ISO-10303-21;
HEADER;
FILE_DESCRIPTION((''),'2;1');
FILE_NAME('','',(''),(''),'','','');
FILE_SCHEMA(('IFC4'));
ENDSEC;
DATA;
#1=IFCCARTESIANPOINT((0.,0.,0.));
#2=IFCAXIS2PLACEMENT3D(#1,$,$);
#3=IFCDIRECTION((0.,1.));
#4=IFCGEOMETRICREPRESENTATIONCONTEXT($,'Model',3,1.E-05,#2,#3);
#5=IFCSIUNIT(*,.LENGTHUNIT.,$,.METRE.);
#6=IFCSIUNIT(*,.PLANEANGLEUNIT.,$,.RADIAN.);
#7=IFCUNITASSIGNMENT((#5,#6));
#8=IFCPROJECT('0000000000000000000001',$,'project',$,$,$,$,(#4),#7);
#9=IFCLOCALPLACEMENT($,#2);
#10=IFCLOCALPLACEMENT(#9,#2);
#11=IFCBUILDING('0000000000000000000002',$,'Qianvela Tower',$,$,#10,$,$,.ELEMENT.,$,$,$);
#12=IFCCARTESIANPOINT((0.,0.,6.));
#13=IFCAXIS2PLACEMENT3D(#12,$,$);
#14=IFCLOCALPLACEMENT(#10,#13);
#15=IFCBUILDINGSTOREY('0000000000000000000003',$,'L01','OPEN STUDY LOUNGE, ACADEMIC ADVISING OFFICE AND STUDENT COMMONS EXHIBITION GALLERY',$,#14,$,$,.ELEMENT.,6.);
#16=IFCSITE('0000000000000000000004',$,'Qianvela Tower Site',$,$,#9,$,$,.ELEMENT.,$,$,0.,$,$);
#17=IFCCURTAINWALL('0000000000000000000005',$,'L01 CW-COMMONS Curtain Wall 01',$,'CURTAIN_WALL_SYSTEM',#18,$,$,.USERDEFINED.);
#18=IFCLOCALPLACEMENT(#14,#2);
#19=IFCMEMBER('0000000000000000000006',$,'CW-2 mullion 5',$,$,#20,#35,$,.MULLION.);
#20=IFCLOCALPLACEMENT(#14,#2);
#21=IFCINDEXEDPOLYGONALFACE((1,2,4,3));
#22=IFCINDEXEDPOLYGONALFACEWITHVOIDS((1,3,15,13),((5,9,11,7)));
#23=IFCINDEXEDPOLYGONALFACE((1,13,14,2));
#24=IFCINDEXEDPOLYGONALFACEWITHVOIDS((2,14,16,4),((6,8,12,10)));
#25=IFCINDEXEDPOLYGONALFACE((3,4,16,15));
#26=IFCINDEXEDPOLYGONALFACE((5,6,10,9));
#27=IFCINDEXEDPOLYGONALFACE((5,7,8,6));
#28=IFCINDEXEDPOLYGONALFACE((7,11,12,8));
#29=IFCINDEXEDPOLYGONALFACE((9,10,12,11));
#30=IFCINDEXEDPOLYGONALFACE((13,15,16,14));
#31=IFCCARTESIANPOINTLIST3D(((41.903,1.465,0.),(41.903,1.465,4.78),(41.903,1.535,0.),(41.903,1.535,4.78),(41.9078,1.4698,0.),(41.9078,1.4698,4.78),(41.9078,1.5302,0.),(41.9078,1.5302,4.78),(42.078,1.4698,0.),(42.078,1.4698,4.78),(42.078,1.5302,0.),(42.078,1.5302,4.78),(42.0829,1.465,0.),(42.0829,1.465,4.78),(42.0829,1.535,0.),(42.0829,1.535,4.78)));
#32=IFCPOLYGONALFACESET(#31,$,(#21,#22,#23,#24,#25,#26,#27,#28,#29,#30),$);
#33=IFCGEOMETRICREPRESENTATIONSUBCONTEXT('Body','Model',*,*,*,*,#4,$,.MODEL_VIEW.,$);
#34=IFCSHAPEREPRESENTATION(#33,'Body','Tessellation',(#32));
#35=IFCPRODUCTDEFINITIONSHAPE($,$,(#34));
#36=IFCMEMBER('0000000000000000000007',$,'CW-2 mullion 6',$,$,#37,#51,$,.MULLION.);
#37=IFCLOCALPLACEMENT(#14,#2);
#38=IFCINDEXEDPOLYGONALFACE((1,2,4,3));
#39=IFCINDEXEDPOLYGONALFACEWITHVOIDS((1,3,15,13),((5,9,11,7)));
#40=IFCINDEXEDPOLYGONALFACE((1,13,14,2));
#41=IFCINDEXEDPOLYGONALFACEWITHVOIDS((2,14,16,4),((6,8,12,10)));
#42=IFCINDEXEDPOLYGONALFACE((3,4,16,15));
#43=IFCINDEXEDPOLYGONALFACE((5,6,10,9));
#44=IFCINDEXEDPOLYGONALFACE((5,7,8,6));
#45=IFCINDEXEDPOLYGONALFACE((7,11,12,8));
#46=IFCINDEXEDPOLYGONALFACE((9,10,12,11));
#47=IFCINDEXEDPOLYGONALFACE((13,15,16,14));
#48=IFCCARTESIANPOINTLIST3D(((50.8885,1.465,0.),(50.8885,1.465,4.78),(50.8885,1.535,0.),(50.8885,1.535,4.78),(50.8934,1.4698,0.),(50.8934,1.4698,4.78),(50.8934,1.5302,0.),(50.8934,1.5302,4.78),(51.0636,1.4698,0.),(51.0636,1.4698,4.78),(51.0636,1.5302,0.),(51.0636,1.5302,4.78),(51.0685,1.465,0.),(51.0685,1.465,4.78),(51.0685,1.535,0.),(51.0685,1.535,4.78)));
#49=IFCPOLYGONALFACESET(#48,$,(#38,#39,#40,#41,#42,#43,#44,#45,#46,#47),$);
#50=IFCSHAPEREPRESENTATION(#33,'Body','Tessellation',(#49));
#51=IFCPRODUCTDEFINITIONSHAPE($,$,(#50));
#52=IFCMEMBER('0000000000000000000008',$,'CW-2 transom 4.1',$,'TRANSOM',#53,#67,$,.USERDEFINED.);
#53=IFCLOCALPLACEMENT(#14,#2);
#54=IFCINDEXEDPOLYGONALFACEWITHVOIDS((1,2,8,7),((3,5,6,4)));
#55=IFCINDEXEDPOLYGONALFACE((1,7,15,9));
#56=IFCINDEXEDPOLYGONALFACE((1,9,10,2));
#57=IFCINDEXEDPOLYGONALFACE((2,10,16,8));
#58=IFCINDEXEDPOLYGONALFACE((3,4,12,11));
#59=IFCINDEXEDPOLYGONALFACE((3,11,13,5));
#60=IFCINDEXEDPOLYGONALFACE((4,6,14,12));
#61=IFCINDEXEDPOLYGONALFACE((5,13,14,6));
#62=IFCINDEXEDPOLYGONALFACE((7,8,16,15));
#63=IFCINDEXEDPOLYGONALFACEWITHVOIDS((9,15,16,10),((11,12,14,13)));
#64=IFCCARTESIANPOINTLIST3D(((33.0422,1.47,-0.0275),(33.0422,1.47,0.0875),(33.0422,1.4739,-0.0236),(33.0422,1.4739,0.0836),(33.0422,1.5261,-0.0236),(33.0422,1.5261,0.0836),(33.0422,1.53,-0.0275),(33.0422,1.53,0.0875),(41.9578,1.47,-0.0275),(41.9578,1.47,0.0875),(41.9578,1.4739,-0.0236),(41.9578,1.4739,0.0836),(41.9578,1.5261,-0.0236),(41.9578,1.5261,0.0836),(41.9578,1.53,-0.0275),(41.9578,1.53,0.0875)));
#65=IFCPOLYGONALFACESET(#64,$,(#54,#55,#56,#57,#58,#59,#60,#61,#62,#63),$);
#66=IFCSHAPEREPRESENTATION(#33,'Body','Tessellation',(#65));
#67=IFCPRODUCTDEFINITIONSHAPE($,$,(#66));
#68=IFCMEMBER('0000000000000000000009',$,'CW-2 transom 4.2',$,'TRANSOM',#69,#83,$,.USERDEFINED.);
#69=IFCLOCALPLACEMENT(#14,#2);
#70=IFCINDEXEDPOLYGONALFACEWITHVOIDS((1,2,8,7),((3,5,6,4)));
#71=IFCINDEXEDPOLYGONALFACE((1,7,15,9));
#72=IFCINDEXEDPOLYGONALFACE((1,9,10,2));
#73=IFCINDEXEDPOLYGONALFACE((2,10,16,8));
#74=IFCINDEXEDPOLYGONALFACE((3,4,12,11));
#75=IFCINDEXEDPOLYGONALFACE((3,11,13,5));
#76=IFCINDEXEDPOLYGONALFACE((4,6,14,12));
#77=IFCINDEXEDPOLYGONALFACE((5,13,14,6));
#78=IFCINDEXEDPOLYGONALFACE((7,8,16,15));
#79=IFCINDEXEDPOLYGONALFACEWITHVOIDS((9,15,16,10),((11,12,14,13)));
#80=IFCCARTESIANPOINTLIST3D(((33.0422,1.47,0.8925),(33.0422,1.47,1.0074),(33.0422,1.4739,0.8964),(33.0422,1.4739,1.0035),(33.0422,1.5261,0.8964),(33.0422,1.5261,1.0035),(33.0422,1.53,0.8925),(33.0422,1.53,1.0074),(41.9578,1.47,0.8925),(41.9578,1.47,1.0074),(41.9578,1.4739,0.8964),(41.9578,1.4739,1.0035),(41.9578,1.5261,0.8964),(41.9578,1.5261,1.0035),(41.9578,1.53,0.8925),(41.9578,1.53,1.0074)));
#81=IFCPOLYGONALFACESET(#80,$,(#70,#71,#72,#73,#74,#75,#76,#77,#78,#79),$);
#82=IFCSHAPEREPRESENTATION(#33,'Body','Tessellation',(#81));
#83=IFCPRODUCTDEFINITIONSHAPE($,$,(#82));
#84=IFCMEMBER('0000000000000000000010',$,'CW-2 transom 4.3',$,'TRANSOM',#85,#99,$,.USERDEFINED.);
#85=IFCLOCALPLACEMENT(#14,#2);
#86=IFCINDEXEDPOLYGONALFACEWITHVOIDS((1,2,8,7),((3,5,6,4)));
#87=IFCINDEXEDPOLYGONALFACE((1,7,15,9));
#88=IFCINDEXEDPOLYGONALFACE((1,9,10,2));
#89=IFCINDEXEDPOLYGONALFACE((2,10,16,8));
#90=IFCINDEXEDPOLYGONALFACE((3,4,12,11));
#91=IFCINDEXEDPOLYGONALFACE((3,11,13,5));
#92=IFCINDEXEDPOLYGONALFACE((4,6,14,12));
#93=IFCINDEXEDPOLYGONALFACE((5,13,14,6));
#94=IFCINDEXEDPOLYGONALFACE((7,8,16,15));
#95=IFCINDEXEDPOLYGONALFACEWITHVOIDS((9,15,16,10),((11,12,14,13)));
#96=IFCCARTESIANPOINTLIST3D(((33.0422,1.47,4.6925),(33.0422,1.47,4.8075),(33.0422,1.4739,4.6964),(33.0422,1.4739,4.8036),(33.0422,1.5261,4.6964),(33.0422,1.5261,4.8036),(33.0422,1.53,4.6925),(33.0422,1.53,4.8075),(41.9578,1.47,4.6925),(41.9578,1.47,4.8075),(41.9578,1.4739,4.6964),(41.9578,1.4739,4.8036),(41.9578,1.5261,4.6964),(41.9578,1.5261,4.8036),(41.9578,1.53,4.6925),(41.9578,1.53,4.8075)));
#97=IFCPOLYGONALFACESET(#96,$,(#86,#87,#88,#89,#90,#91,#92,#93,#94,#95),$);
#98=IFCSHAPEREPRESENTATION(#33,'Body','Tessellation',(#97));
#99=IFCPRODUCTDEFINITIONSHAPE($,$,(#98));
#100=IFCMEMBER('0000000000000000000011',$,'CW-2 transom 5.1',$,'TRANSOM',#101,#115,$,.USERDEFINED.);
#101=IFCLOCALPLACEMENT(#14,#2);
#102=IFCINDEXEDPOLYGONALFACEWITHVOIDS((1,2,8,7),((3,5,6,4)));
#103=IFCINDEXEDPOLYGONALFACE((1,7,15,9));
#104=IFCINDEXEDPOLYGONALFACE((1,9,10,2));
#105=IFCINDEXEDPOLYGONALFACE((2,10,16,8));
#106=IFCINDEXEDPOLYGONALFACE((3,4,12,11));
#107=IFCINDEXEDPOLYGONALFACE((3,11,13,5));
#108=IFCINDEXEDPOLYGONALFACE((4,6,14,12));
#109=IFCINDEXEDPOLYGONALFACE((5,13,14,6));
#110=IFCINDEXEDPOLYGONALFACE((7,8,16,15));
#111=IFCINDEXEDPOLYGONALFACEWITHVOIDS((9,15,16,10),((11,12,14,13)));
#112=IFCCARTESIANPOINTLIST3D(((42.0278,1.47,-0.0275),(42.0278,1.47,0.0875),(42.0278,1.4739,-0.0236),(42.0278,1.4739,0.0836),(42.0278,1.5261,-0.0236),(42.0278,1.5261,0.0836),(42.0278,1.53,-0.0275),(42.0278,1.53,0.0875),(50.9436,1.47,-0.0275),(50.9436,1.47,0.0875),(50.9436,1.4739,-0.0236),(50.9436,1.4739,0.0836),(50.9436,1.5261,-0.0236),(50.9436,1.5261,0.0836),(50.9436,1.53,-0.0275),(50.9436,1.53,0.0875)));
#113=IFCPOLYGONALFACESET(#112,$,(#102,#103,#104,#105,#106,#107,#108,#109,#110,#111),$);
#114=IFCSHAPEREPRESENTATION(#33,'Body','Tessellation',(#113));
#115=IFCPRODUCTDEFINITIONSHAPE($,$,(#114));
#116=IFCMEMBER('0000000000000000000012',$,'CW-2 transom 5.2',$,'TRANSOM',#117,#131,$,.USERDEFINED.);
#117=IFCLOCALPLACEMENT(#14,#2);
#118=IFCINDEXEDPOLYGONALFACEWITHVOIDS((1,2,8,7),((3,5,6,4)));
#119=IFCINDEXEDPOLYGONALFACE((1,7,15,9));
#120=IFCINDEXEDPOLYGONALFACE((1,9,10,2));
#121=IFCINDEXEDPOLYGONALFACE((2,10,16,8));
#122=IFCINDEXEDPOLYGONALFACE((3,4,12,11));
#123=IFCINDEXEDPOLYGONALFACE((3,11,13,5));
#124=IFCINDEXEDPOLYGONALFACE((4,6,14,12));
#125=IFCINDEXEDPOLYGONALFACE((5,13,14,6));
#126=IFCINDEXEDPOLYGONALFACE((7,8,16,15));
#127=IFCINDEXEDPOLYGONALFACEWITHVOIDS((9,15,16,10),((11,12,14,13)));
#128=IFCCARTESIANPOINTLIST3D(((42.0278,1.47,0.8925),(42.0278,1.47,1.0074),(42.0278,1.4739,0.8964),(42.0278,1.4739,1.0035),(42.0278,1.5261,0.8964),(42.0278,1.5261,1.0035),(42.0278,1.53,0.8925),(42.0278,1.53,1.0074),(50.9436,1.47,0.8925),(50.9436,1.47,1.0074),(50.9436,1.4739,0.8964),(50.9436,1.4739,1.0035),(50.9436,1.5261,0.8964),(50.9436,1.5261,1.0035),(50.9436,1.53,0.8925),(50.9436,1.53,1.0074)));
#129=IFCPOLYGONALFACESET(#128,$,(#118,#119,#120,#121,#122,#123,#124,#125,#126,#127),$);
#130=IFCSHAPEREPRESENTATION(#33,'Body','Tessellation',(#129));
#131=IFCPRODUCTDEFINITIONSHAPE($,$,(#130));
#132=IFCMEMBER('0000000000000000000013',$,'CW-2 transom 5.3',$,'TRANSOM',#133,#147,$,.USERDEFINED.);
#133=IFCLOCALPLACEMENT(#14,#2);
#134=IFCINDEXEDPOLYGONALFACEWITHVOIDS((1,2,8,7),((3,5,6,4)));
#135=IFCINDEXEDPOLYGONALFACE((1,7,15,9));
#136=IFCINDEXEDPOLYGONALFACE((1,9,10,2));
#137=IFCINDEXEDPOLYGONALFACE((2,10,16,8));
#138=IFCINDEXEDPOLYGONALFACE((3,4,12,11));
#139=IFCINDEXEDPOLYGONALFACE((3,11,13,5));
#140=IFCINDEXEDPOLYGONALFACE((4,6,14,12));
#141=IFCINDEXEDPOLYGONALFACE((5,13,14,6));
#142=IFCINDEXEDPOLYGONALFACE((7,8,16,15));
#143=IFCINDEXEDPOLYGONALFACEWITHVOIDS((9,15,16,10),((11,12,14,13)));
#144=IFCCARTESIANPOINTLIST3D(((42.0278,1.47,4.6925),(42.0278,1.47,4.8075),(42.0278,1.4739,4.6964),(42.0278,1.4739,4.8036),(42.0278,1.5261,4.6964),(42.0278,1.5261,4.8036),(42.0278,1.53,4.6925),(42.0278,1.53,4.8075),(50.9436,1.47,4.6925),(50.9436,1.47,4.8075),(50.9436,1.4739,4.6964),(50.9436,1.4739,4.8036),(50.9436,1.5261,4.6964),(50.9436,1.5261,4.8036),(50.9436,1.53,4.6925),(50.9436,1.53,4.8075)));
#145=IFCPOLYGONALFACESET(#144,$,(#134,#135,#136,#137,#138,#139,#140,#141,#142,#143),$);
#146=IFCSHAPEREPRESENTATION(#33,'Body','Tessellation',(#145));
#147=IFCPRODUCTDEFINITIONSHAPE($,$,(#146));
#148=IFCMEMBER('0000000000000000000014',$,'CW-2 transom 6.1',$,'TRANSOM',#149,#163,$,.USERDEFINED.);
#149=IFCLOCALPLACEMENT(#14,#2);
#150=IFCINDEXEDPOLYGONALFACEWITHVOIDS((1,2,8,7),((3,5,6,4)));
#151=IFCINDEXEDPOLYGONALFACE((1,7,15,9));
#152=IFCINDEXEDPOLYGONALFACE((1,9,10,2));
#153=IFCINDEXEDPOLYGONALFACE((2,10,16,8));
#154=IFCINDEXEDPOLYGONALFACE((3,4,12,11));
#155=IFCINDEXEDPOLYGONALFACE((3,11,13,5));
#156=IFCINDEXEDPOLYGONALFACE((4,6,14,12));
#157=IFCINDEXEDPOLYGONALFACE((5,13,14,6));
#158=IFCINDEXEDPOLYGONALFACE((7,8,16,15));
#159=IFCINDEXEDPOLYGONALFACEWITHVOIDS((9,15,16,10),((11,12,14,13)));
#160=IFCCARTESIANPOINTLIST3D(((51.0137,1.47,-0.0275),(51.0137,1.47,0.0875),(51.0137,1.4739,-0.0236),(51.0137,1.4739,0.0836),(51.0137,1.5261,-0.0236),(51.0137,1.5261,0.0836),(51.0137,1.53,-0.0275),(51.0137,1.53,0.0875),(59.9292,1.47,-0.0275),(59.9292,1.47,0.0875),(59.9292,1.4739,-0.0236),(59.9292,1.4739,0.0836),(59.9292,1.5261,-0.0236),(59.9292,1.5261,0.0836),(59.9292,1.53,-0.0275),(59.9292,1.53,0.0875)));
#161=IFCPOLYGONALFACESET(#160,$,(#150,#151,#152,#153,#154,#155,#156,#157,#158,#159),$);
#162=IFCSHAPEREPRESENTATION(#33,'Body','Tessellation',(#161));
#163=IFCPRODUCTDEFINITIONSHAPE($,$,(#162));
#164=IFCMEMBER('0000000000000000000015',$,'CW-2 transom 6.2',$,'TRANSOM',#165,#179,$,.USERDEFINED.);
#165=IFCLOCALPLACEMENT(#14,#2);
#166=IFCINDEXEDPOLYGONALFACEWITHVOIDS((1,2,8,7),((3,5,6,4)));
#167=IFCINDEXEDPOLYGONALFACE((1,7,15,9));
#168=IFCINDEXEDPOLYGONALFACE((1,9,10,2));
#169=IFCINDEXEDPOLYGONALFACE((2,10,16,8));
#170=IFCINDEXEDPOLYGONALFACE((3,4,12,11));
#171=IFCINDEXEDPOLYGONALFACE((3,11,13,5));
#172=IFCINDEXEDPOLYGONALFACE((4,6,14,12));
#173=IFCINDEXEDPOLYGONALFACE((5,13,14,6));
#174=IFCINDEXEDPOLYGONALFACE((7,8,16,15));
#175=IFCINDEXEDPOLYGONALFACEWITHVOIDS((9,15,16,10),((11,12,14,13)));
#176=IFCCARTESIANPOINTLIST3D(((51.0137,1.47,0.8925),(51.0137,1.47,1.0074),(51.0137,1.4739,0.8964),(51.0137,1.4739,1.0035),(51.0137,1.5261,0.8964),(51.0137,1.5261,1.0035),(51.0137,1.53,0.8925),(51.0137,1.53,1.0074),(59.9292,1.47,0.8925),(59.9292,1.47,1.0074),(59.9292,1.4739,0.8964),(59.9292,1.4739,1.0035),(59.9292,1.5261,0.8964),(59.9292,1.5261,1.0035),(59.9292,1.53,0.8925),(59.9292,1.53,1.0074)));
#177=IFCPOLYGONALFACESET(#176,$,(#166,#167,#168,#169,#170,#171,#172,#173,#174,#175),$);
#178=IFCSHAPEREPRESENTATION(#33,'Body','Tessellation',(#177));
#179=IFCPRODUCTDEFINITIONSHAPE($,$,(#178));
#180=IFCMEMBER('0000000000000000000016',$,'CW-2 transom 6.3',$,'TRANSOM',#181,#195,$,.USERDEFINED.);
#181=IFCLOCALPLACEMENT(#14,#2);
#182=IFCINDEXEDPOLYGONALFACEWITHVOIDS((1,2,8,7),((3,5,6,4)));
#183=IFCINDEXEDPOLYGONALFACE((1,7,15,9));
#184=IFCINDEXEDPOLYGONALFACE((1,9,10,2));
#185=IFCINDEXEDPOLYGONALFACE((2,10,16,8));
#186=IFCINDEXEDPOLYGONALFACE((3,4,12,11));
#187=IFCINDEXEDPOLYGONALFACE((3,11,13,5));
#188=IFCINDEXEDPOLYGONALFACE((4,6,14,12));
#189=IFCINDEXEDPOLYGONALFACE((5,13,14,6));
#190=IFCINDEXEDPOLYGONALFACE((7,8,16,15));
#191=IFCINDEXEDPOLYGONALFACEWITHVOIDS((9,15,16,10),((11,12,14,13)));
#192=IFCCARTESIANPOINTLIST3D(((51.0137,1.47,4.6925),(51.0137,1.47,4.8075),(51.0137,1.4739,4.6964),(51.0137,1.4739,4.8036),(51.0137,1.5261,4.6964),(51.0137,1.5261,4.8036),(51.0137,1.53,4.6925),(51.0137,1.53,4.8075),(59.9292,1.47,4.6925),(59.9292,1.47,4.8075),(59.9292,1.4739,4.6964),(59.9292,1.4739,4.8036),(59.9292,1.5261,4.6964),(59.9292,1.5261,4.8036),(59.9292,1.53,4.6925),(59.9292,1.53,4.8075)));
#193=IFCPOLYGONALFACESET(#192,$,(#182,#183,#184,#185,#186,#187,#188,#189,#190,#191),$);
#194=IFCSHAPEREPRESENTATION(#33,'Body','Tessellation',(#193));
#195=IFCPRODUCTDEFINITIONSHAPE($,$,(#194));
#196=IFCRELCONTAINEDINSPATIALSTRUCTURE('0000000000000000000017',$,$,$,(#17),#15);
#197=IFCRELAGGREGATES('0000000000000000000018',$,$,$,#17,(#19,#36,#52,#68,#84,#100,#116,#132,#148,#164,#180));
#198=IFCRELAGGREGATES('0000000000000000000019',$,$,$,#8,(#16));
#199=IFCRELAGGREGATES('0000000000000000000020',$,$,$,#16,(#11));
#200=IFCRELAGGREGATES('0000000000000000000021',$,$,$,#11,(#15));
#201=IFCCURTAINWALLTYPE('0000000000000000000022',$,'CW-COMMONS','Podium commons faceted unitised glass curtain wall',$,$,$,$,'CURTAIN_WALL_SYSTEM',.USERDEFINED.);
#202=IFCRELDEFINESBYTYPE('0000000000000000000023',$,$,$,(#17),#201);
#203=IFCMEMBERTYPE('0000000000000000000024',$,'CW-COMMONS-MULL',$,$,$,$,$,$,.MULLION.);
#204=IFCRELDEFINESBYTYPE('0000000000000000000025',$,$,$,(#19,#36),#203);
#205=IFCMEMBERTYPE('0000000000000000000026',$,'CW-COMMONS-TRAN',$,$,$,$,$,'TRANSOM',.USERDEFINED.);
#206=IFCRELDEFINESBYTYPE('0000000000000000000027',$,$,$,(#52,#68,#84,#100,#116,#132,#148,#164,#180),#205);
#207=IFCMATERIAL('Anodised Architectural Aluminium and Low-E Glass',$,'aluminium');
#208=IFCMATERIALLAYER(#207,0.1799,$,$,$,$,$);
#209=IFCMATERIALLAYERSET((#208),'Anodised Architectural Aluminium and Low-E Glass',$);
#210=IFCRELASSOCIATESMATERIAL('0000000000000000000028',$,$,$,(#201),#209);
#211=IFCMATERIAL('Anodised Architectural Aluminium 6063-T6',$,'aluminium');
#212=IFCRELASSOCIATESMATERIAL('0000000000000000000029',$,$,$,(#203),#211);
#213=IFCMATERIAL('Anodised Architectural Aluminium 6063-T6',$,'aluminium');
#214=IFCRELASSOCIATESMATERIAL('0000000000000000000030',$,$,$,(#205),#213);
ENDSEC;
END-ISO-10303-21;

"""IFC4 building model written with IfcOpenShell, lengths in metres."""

from ifc_helpers import new_model, si_unit, direction, frame, origin, origin_2d, place, context, subcontext, project, spatial, hollow_rectangle, extrude, material, layer, layer_set, material_profile, profile_set, type_object, element, aggregate, save


model = new_model("IFC4")

# Units and contexts
model_context = context("Model", 3, precision=1e-05, world=origin(), true_north=direction((0.0, 1.0)))
body_context = subcontext(model_context, "Body", "Model", "MODEL_VIEW")
ifc_project = project(units=[si_unit("LENGTHUNIT", "METRE"), si_unit("PLANEANGLEUNIT", "RADIAN")], contexts=[model_context])

# Site, building, storey
site_placement = place(None, origin())
site = spatial("IfcSite", under=ifc_project, at=site_placement, Name="Qianvela Tower Site", CompositionType="ELEMENT", RefElevation=0.0)
building_placement = place(site_placement, origin())
building = spatial("IfcBuilding", under=site, at=building_placement, Name="Qianvela Tower", CompositionType="ELEMENT")
storey_placement = place(building_placement, frame((0.0, 0.0, 6.0)))
storey = spatial("IfcBuildingStorey", under=building, at=storey_placement, Name="L01", Description="OPEN STUDY LOUNGE, ACADEMIC ADVISING OFFICE AND STUDENT COMMONS EXHIBITION GALLERY", CompositionType="ELEMENT", Elevation=6.0)

# Curtain wall, members
ifc_material_1 = material(Name="Anodised Architectural Aluminium and Low-E Glass", Category="aluminium")
ifc_layer_1 = layer(ifc_material_1, 0.1799)
ifc_layer_set_1 = layer_set([ifc_layer_1], Name="Anodised Architectural Aluminium and Low-E Glass")
curtain_wall_type = type_object("IfcCurtainWallType", Name="CW-COMMONS", Description="Podium commons faceted unitised glass curtain wall", ElementType="CURTAIN_WALL_SYSTEM", PredefinedType="USERDEFINED", material=ifc_layer_set_1)
curtain_wall_placement = place(storey_placement, origin())
curtain_wall = element("IfcCurtainWall", 1, at=curtain_wall_placement, inside=storey, type_object=curtain_wall_type, Name="L01 CW-COMMONS Curtain Wall 01", ObjectType="CURTAIN_WALL_SYSTEM", PredefinedType="USERDEFINED")
ifc_material_2 = material(Name="Anodised Architectural Aluminium 6063-T6", Category="aluminium")
ifc_material_profile_1 = material_profile(ifc_material_2, hollow_rectangle(XDim=0.0701, YDim=0.1799, WallThickness=0.0049, at=origin_2d()), Name="ALU-MULL-70x180")
ifc_profile_set_1 = profile_set([ifc_material_profile_1], Name="Anodised Architectural Aluminium 6063-T6")
member_type_1 = type_object("IfcMemberType", Name="CW-COMMONS-MULL", PredefinedType="MULLION", material=ifc_profile_set_1)
member_1_placement = place(storey_placement, frame((41.9929, 1.5, 0.0), z_axis=(0.0, 0.0, 1.0), x_axis=(0.0, 1.0, 0.0)))
member_1 = element("IfcMember", 2, at=member_1_placement, type_object=member_type_1, Name="CW-2 mullion 5", PredefinedType="MULLION", context=body_context, shape_type="SweptSolid", body=[
    extrude(hollow_rectangle(XDim=0.0701, YDim=0.1799, WallThickness=0.0049, at=origin_2d()), origin(), (0.0, 0.0, 1.0), 4.78),
])
member_2_placement = place(storey_placement, frame((50.9785, 1.5, 0.0), z_axis=(0.0, 0.0, 1.0), x_axis=(0.0, 1.0, 0.0)))
member_2 = element("IfcMember", 3, at=member_2_placement, type_object=member_type_1, Name="CW-2 mullion 6", PredefinedType="MULLION", context=body_context, shape_type="SweptSolid", body=[
    extrude(hollow_rectangle(XDim=0.0701, YDim=0.1799, WallThickness=0.0049, at=origin_2d()), origin(), (0.0, 0.0, 1.0), 4.78),
])
ifc_material_3 = material(Name="Anodised Architectural Aluminium 6063-T6", Category="aluminium")
ifc_material_profile_2 = material_profile(ifc_material_3, hollow_rectangle(XDim=0.0601, YDim=0.115, WallThickness=0.0039, at=origin_2d()), Name="ALU-TRAN-60x115")
ifc_profile_set_2 = profile_set([ifc_material_profile_2], Name="Anodised Architectural Aluminium 6063-T6")
member_type_2 = type_object("IfcMemberType", Name="CW-COMMONS-TRAN", ElementType="TRANSOM", PredefinedType="USERDEFINED", material=ifc_profile_set_2)
member_3_placement = place(storey_placement, frame((33.0422, 1.5, 0.03), z_axis=(1.0, 0.0, 0.0), x_axis=(0.0, 1.0, 0.0)))
member_3 = element("IfcMember", 4, at=member_3_placement, type_object=member_type_2, Name="CW-2 transom 4.1", ObjectType="TRANSOM", PredefinedType="USERDEFINED", context=body_context, shape_type="SweptSolid", body=[
    extrude(hollow_rectangle(XDim=0.0601, YDim=0.115, WallThickness=0.0039, at=origin_2d()), origin(), (0.0, 0.0, 1.0), 8.9155),
])
member_4_placement = place(storey_placement, frame((33.0422, 1.5, 0.95), z_axis=(1.0, 0.0, 0.0), x_axis=(0.0, 1.0, 0.0)))
member_4 = element("IfcMember", 5, at=member_4_placement, type_object=member_type_2, Name="CW-2 transom 4.2", ObjectType="TRANSOM", PredefinedType="USERDEFINED", context=body_context, shape_type="SweptSolid", body=[
    extrude(hollow_rectangle(XDim=0.0601, YDim=0.115, WallThickness=0.0039, at=origin_2d()), origin(), (0.0, 0.0, 1.0), 8.9155),
])
member_5_placement = place(storey_placement, frame((33.0422, 1.5, 4.75), z_axis=(1.0, 0.0, 0.0), x_axis=(0.0, 1.0, 0.0)))
member_5 = element("IfcMember", 6, at=member_5_placement, type_object=member_type_2, Name="CW-2 transom 4.3", ObjectType="TRANSOM", PredefinedType="USERDEFINED", context=body_context, shape_type="SweptSolid", body=[
    extrude(hollow_rectangle(XDim=0.0601, YDim=0.115, WallThickness=0.0039, at=origin_2d()), origin(), (0.0, 0.0, 1.0), 8.9155),
])
member_6_placement = place(storey_placement, frame((42.0278, 1.5, 0.03), z_axis=(1.0, 0.0, 0.0), x_axis=(0.0, 1.0, 0.0)))
member_6 = element("IfcMember", 7, at=member_6_placement, type_object=member_type_2, Name="CW-2 transom 5.1", ObjectType="TRANSOM", PredefinedType="USERDEFINED", context=body_context, shape_type="SweptSolid", body=[
    extrude(hollow_rectangle(XDim=0.0601, YDim=0.115, WallThickness=0.0039, at=origin_2d()), origin(), (0.0, 0.0, 1.0), 8.9158),
])
member_7_placement = place(storey_placement, frame((42.0278, 1.5, 0.95), z_axis=(1.0, 0.0, 0.0), x_axis=(0.0, 1.0, 0.0)))
member_7 = element("IfcMember", 8, at=member_7_placement, type_object=member_type_2, Name="CW-2 transom 5.2", ObjectType="TRANSOM", PredefinedType="USERDEFINED", context=body_context, shape_type="SweptSolid", body=[
    extrude(hollow_rectangle(XDim=0.0601, YDim=0.115, WallThickness=0.0039, at=origin_2d()), origin(), (0.0, 0.0, 1.0), 8.9158),
])
member_8_placement = place(storey_placement, frame((42.0278, 1.5, 4.75), z_axis=(1.0, 0.0, 0.0), x_axis=(0.0, 1.0, 0.0)))
member_8 = element("IfcMember", 9, at=member_8_placement, type_object=member_type_2, Name="CW-2 transom 5.3", ObjectType="TRANSOM", PredefinedType="USERDEFINED", context=body_context, shape_type="SweptSolid", body=[
    extrude(hollow_rectangle(XDim=0.0601, YDim=0.115, WallThickness=0.0039, at=origin_2d()), origin(), (0.0, 0.0, 1.0), 8.9158),
])
member_9_placement = place(storey_placement, frame((51.0137, 1.5, 0.03), z_axis=(1.0, 0.0, 0.0), x_axis=(0.0, 1.0, 0.0)))
member_9 = element("IfcMember", 10, at=member_9_placement, type_object=member_type_2, Name="CW-2 transom 6.1", ObjectType="TRANSOM", PredefinedType="USERDEFINED", context=body_context, shape_type="SweptSolid", body=[
    extrude(hollow_rectangle(XDim=0.0601, YDim=0.115, WallThickness=0.0039, at=origin_2d()), origin(), (0.0, 0.0, 1.0), 8.9155),
])
member_10_placement = place(storey_placement, frame((51.0137, 1.5, 0.95), z_axis=(1.0, 0.0, 0.0), x_axis=(0.0, 1.0, 0.0)))
member_10 = element("IfcMember", 11, at=member_10_placement, type_object=member_type_2, Name="CW-2 transom 6.2", ObjectType="TRANSOM", PredefinedType="USERDEFINED", context=body_context, shape_type="SweptSolid", body=[
    extrude(hollow_rectangle(XDim=0.0601, YDim=0.115, WallThickness=0.0039, at=origin_2d()), origin(), (0.0, 0.0, 1.0), 8.9155),
])
member_11_placement = place(storey_placement, frame((51.0137, 1.5, 4.75), z_axis=(1.0, 0.0, 0.0), x_axis=(0.0, 1.0, 0.0)))
member_11 = element("IfcMember", 12, at=member_11_placement, type_object=member_type_2, Name="CW-2 transom 6.3", ObjectType="TRANSOM", PredefinedType="USERDEFINED", context=body_context, shape_type="SweptSolid", body=[
    extrude(hollow_rectangle(XDim=0.0601, YDim=0.115, WallThickness=0.0039, at=origin_2d()), origin(), (0.0, 0.0, 1.0), 8.9155),
])

aggregate(curtain_wall, [member_1, member_2, member_3, member_4, member_5, member_6, member_7, member_8, member_9, member_10, member_11])

save(model, "model.ifc")
